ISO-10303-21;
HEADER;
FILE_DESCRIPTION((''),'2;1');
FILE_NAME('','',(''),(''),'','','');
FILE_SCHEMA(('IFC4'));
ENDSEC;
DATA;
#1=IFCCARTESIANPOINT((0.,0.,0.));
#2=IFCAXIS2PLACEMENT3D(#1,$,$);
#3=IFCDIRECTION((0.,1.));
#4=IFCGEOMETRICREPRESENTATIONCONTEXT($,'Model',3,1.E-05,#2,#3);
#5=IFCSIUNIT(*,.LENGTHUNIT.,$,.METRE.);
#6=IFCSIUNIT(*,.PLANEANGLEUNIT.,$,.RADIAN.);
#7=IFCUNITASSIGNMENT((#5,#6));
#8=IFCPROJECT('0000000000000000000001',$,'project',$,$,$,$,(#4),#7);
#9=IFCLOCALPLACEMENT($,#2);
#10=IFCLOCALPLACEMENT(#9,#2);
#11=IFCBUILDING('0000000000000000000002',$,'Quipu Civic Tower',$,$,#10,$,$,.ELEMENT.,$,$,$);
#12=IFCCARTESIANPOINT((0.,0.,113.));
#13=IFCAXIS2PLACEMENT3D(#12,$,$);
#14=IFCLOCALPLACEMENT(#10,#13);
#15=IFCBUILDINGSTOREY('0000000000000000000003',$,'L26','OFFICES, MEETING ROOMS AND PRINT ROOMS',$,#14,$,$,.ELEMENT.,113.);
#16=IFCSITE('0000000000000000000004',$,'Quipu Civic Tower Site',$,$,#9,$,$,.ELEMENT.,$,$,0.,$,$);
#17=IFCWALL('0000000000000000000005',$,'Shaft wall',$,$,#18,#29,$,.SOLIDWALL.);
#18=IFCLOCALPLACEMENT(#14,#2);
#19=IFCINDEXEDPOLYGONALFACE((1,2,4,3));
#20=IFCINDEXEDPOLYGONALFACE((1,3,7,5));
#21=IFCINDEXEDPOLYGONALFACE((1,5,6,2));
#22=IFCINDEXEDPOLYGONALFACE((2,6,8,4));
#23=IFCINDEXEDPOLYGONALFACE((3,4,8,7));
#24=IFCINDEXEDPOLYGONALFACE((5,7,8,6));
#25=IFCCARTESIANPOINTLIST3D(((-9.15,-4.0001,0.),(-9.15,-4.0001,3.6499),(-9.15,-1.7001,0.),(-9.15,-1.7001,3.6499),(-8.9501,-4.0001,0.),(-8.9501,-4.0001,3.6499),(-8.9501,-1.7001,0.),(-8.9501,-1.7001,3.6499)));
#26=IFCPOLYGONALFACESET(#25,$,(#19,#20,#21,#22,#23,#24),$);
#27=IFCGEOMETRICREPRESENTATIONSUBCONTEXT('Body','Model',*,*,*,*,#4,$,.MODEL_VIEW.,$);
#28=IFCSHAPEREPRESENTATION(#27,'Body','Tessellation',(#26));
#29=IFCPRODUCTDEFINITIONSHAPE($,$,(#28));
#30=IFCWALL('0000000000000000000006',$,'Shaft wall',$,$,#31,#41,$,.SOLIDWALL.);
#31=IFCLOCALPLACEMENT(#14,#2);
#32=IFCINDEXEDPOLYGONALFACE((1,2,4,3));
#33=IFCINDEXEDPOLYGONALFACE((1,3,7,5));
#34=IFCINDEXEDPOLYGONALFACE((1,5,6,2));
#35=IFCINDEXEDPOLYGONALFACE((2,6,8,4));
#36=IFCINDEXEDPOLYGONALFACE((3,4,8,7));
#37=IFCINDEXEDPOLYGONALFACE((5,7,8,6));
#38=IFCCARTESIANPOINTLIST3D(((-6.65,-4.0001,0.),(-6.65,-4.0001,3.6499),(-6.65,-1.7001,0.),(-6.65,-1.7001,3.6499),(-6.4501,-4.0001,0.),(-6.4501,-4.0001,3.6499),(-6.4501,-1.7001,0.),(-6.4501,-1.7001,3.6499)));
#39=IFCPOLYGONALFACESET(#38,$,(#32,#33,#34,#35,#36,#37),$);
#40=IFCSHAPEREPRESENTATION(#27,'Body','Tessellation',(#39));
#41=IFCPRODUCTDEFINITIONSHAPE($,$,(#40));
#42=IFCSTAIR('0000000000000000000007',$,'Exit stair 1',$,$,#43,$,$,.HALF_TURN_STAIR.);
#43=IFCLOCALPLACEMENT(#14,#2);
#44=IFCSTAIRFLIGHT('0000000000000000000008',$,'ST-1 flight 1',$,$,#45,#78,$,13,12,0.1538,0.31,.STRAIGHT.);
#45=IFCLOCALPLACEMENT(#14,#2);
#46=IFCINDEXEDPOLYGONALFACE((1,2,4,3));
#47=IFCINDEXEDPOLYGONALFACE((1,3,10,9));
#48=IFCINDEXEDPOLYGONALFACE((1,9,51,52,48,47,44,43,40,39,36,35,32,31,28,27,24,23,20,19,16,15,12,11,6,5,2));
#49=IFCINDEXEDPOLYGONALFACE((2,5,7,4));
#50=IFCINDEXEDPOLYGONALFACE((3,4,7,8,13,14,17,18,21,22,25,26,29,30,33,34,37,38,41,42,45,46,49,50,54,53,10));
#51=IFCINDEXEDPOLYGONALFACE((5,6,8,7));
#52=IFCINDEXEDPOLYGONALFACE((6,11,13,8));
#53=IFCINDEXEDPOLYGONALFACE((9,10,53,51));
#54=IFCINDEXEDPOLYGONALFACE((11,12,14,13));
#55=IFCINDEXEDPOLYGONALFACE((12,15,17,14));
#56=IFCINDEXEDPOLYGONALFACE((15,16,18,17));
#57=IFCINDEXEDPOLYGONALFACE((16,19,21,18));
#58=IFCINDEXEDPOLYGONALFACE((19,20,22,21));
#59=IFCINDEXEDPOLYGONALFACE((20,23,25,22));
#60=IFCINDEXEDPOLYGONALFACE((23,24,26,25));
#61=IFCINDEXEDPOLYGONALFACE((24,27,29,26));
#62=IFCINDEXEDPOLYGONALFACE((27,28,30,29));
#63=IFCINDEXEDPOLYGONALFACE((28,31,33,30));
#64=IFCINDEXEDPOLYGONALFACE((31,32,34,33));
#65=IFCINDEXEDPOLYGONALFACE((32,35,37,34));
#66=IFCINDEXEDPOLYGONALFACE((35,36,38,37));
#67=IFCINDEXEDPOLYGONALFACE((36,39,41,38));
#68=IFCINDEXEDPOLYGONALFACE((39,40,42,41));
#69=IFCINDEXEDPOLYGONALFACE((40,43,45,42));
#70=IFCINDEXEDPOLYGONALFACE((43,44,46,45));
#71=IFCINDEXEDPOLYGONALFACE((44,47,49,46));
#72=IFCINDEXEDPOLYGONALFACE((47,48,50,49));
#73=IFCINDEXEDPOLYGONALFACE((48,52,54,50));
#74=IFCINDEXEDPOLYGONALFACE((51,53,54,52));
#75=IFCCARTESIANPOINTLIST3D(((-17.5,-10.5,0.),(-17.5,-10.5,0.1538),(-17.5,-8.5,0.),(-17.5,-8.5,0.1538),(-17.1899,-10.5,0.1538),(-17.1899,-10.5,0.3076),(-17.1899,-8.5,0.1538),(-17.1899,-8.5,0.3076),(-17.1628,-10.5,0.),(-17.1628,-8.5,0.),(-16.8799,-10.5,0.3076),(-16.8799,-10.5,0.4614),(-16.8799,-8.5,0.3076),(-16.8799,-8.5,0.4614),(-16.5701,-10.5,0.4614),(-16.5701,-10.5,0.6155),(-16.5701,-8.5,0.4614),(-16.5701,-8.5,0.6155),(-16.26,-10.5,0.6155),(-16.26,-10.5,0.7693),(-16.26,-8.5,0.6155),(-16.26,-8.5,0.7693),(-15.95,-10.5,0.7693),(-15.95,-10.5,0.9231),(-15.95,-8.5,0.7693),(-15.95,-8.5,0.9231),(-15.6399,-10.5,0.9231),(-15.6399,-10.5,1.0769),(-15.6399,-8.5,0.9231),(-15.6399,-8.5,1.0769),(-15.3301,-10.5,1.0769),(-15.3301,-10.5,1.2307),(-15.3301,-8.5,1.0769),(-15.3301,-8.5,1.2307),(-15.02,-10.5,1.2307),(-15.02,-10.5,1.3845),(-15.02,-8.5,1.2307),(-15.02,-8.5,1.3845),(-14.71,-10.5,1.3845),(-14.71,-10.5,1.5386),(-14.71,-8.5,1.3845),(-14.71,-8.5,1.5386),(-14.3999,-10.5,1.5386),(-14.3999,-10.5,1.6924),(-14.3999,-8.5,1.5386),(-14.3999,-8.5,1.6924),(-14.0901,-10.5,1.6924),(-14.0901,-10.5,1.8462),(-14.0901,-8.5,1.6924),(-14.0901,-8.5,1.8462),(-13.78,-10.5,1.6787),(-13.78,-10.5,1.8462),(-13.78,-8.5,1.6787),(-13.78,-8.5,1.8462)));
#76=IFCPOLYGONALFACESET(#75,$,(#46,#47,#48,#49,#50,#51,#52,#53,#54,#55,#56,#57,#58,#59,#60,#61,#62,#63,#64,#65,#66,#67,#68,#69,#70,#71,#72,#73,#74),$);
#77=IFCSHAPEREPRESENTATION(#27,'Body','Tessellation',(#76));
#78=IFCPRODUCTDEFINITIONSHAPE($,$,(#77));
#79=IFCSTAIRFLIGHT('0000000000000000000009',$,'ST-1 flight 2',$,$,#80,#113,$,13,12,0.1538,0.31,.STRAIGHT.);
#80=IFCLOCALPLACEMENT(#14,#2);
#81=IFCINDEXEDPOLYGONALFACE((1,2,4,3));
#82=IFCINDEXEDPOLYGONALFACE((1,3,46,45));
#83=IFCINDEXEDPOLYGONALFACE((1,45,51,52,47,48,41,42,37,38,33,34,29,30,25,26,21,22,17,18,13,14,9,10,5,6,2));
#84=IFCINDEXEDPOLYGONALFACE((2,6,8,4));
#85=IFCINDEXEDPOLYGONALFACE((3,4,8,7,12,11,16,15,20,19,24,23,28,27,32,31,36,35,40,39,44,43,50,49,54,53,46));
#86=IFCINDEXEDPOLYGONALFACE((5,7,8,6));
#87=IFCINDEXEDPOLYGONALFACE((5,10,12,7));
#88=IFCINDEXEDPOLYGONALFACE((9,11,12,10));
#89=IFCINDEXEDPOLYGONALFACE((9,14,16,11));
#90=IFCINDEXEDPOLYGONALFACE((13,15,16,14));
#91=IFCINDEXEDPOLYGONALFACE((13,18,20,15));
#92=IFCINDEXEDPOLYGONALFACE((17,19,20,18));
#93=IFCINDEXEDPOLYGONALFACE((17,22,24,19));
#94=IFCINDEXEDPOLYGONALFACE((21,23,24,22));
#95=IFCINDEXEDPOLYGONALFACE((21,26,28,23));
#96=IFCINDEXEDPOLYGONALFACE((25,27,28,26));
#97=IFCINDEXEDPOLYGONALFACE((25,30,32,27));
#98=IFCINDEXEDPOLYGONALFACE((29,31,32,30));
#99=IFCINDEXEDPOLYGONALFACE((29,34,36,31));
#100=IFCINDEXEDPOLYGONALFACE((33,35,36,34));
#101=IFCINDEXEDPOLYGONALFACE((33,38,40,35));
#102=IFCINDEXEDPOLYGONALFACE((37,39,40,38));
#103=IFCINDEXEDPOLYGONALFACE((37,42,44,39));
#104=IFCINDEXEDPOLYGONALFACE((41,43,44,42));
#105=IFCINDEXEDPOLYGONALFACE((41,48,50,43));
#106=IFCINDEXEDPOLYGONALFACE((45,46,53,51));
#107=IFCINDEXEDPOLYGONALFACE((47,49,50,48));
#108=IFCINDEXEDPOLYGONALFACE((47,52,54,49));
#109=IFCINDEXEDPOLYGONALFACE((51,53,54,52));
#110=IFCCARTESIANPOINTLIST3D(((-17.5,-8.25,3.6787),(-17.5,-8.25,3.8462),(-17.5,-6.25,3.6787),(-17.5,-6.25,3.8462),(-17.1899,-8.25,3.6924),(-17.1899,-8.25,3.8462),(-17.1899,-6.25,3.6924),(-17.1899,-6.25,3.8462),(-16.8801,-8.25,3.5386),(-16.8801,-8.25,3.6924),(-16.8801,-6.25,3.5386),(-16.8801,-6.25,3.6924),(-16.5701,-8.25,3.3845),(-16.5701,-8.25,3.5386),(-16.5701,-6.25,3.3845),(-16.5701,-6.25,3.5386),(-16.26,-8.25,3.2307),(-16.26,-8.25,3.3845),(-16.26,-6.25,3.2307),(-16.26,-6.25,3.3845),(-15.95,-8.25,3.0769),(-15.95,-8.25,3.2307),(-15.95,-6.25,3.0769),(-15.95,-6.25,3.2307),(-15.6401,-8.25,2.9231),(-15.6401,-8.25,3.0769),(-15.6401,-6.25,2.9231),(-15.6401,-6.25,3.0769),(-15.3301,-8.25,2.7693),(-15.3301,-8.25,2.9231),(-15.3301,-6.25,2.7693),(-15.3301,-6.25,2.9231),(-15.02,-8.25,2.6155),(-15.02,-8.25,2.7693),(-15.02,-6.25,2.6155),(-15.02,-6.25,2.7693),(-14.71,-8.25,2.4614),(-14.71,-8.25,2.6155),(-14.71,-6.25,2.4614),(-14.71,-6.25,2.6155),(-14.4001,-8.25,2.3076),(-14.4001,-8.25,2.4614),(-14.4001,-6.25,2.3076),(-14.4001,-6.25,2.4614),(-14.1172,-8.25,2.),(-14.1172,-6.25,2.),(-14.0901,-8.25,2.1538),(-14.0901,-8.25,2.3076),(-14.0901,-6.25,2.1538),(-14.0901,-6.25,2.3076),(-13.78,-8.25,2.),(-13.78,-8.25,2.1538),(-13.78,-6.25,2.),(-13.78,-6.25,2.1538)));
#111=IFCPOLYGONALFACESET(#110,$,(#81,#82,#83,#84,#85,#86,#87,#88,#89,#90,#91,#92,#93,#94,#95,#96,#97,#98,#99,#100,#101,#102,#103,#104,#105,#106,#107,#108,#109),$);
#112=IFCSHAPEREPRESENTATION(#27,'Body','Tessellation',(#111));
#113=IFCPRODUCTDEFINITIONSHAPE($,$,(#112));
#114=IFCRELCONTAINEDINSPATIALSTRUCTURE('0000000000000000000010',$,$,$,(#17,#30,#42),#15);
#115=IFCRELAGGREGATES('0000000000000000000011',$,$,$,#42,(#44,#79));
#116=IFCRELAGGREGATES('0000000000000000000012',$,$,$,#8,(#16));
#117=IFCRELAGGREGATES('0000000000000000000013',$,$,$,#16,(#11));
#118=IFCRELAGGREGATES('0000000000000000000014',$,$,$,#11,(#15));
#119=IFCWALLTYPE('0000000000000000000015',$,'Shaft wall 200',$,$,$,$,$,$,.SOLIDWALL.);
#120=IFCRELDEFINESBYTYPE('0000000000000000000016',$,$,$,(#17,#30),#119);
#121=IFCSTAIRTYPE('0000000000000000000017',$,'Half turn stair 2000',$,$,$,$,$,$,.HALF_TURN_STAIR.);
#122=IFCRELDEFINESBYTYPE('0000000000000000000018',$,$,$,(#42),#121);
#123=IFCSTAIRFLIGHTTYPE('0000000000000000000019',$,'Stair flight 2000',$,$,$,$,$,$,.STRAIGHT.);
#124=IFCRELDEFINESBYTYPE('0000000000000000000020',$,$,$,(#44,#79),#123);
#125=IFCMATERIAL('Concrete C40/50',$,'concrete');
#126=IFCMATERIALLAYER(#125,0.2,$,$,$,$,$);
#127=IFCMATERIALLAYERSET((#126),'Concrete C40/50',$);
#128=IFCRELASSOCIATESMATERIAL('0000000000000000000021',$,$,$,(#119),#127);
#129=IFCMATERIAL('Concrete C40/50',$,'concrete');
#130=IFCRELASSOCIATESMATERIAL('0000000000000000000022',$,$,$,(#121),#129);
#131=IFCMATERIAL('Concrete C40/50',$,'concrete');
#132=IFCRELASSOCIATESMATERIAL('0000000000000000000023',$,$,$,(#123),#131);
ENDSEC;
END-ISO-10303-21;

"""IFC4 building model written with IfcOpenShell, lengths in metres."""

from ifc_helpers import new_model, si_unit, direction, frame, frame_2d, origin, place, context, subcontext, project, spatial, polyline, rectangle, outline, extrude, material, layer, layer_set, type_object, element, aggregate, save


model = new_model("IFC4")

# Units and contexts
model_context = context("Model", 3, precision=1e-05, world=origin(), true_north=direction((0.0, 1.0)))
body_context = subcontext(model_context, "Body", "Model", "MODEL_VIEW")
ifc_project = project(units=[si_unit("LENGTHUNIT", "METRE"), si_unit("PLANEANGLEUNIT", "RADIAN")], contexts=[model_context])

# Site, building, storey
site_placement = place(None, origin())
site = spatial("IfcSite", under=ifc_project, at=site_placement, Name="Quipu Civic Tower Site", CompositionType="ELEMENT", RefElevation=0.0)
building_placement = place(site_placement, origin())
building = spatial("IfcBuilding", under=site, at=building_placement, Name="Quipu Civic Tower", CompositionType="ELEMENT")
storey_placement = place(building_placement, frame((0.0, 0.0, 113.0)))
storey = spatial("IfcBuildingStorey", under=building, at=storey_placement, Name="L26", Description="OFFICES, MEETING ROOMS AND PRINT ROOMS", CompositionType="ELEMENT", Elevation=113.0)

# Walls
ifc_material_1 = material(Name="Concrete C40/50", Category="concrete")
ifc_layer_1 = layer(ifc_material_1, 0.2)
ifc_layer_set_1 = layer_set([ifc_layer_1], Name="Concrete C40/50")
wall_type_1 = type_object("IfcWallType", Name="Shaft wall 200", PredefinedType="SOLIDWALL", material=ifc_layer_set_1)
for number, where, z_axis, x_axis, name in (
    (1, (-9.05, -4.0, 0.0), (0.0, 0.0, 1.0), (0.0, 1.0, 0.0), "Shaft wall"),
    (2, (-6.55, -4.0, 0.0), (0.0, 0.0, 1.0), (0.0, 1.0, 0.0), "Shaft wall"),
):
    element("IfcWall", number, at=place(storey_placement, frame(where, z_axis=z_axis, x_axis=x_axis)), inside=storey, type_object=wall_type_1, Name=name, PredefinedType="SOLIDWALL", context=body_context, shape_type="SweptSolid", body=[
        extrude(rectangle(XDim=2.3, YDim=0.2, at=frame_2d((1.1499, 0.0))), origin(), (0.0, 0.0, 1.0), 3.6499),
    ])

# Stair, stair flights
ifc_material_2 = material(Name="Concrete C40/50", Category="concrete")
stair_type = type_object("IfcStairType", Name="Half turn stair 2000", PredefinedType="HALF_TURN_STAIR", material=ifc_material_2)
stair_placement = place(storey_placement, origin())
stair = element("IfcStair", 3, at=stair_placement, inside=storey, type_object=stair_type, Name="Exit stair 1", PredefinedType="HALF_TURN_STAIR")
ifc_material_3 = material(Name="Concrete C40/50", Category="concrete")
stair_flight_type = type_object("IfcStairFlightType", Name="Stair flight 2000", PredefinedType="STRAIGHT", material=ifc_material_3)
stair_flight_1_placement = place(storey_placement, frame((-17.5, -9.5, 0.0), z_axis=(0.0, 0.0, 1.0), x_axis=(1.0, 0.0, 0.0)))
stair_flight_1 = element("IfcStairFlight", 4, at=stair_flight_1_placement, type_object=stair_flight_type, Name="ST-1 flight 1", NumberOfRisers=13, NumberOfTreads=12, PredefinedType="STRAIGHT", RiserHeight=0.1538, TreadLength=0.31, context=body_context, shape_type="SweptSolid", body=[
    extrude(outline(polyline([(0.0, 0.0), (0.0, 0.1538), (0.3101, 0.1538), (0.3101, 0.3076), (0.6201, 0.3076), (0.6201, 0.4614), (0.9299, 0.4614), (0.9299, 0.6155), (1.24, 0.6155), (1.24, 0.7693), (1.55, 0.7693), (1.55, 0.9231), (1.8601, 0.9231), (1.8601, 1.0769), (2.1699, 1.0769), (2.1699, 1.2307), (2.48, 1.2307), (2.48, 1.3845), (2.79, 1.3845), (2.79, 1.5386), (3.1001, 1.5386), (3.1001, 1.6924), (3.4099, 1.6924), (3.4099, 1.8462), (3.72, 1.8462), (3.72, 2.0), (3.72, 1.6787), (0.3372, 0.0), (0.0, 0.0)])), frame((0.0, 1.0, 0.0), z_axis=(0.0, -1.0, 0.0), x_axis=(1.0, 0.0, 0.0)), (0.0, 0.0, 1.0), 2.0),
])
stair_flight_2_placement = place(storey_placement, frame((-13.78, -7.25, 2.0), z_axis=(0.0, 0.0, 1.0), x_axis=(-1.0, 0.0, 0.0)))
stair_flight_2 = element("IfcStairFlight", 5, at=stair_flight_2_placement, type_object=stair_flight_type, Name="ST-1 flight 2", NumberOfRisers=13, NumberOfTreads=12, PredefinedType="STRAIGHT", RiserHeight=0.1538, TreadLength=0.31, context=body_context, shape_type="SweptSolid", body=[
    extrude(outline(polyline([(0.0, 0.0), (0.0, 0.1538), (0.3101, 0.1538), (0.3101, 0.3076), (0.6201, 0.3076), (0.6201, 0.4614), (0.9299, 0.4614), (0.9299, 0.6155), (1.24, 0.6155), (1.24, 0.7693), (1.55, 0.7693), (1.55, 0.9231), (1.8601, 0.9231), (1.8601, 1.0769), (2.1699, 1.0769), (2.1699, 1.2307), (2.48, 1.2307), (2.48, 1.3845), (2.79, 1.3845), (2.79, 1.5386), (3.1001, 1.5386), (3.1001, 1.6924), (3.4099, 1.6924), (3.4099, 1.8462), (3.72, 1.8462), (3.72, 2.0), (3.72, 1.6787), (0.3372, 0.0), (0.0, 0.0)])), frame((0.0, 1.0, 0.0), z_axis=(0.0, -1.0, 0.0), x_axis=(1.0, 0.0, 0.0)), (0.0, 0.0, 1.0), 2.0),
])
aggregate(stair, [stair_flight_1, stair_flight_2])

save(model, "model.ifc")
